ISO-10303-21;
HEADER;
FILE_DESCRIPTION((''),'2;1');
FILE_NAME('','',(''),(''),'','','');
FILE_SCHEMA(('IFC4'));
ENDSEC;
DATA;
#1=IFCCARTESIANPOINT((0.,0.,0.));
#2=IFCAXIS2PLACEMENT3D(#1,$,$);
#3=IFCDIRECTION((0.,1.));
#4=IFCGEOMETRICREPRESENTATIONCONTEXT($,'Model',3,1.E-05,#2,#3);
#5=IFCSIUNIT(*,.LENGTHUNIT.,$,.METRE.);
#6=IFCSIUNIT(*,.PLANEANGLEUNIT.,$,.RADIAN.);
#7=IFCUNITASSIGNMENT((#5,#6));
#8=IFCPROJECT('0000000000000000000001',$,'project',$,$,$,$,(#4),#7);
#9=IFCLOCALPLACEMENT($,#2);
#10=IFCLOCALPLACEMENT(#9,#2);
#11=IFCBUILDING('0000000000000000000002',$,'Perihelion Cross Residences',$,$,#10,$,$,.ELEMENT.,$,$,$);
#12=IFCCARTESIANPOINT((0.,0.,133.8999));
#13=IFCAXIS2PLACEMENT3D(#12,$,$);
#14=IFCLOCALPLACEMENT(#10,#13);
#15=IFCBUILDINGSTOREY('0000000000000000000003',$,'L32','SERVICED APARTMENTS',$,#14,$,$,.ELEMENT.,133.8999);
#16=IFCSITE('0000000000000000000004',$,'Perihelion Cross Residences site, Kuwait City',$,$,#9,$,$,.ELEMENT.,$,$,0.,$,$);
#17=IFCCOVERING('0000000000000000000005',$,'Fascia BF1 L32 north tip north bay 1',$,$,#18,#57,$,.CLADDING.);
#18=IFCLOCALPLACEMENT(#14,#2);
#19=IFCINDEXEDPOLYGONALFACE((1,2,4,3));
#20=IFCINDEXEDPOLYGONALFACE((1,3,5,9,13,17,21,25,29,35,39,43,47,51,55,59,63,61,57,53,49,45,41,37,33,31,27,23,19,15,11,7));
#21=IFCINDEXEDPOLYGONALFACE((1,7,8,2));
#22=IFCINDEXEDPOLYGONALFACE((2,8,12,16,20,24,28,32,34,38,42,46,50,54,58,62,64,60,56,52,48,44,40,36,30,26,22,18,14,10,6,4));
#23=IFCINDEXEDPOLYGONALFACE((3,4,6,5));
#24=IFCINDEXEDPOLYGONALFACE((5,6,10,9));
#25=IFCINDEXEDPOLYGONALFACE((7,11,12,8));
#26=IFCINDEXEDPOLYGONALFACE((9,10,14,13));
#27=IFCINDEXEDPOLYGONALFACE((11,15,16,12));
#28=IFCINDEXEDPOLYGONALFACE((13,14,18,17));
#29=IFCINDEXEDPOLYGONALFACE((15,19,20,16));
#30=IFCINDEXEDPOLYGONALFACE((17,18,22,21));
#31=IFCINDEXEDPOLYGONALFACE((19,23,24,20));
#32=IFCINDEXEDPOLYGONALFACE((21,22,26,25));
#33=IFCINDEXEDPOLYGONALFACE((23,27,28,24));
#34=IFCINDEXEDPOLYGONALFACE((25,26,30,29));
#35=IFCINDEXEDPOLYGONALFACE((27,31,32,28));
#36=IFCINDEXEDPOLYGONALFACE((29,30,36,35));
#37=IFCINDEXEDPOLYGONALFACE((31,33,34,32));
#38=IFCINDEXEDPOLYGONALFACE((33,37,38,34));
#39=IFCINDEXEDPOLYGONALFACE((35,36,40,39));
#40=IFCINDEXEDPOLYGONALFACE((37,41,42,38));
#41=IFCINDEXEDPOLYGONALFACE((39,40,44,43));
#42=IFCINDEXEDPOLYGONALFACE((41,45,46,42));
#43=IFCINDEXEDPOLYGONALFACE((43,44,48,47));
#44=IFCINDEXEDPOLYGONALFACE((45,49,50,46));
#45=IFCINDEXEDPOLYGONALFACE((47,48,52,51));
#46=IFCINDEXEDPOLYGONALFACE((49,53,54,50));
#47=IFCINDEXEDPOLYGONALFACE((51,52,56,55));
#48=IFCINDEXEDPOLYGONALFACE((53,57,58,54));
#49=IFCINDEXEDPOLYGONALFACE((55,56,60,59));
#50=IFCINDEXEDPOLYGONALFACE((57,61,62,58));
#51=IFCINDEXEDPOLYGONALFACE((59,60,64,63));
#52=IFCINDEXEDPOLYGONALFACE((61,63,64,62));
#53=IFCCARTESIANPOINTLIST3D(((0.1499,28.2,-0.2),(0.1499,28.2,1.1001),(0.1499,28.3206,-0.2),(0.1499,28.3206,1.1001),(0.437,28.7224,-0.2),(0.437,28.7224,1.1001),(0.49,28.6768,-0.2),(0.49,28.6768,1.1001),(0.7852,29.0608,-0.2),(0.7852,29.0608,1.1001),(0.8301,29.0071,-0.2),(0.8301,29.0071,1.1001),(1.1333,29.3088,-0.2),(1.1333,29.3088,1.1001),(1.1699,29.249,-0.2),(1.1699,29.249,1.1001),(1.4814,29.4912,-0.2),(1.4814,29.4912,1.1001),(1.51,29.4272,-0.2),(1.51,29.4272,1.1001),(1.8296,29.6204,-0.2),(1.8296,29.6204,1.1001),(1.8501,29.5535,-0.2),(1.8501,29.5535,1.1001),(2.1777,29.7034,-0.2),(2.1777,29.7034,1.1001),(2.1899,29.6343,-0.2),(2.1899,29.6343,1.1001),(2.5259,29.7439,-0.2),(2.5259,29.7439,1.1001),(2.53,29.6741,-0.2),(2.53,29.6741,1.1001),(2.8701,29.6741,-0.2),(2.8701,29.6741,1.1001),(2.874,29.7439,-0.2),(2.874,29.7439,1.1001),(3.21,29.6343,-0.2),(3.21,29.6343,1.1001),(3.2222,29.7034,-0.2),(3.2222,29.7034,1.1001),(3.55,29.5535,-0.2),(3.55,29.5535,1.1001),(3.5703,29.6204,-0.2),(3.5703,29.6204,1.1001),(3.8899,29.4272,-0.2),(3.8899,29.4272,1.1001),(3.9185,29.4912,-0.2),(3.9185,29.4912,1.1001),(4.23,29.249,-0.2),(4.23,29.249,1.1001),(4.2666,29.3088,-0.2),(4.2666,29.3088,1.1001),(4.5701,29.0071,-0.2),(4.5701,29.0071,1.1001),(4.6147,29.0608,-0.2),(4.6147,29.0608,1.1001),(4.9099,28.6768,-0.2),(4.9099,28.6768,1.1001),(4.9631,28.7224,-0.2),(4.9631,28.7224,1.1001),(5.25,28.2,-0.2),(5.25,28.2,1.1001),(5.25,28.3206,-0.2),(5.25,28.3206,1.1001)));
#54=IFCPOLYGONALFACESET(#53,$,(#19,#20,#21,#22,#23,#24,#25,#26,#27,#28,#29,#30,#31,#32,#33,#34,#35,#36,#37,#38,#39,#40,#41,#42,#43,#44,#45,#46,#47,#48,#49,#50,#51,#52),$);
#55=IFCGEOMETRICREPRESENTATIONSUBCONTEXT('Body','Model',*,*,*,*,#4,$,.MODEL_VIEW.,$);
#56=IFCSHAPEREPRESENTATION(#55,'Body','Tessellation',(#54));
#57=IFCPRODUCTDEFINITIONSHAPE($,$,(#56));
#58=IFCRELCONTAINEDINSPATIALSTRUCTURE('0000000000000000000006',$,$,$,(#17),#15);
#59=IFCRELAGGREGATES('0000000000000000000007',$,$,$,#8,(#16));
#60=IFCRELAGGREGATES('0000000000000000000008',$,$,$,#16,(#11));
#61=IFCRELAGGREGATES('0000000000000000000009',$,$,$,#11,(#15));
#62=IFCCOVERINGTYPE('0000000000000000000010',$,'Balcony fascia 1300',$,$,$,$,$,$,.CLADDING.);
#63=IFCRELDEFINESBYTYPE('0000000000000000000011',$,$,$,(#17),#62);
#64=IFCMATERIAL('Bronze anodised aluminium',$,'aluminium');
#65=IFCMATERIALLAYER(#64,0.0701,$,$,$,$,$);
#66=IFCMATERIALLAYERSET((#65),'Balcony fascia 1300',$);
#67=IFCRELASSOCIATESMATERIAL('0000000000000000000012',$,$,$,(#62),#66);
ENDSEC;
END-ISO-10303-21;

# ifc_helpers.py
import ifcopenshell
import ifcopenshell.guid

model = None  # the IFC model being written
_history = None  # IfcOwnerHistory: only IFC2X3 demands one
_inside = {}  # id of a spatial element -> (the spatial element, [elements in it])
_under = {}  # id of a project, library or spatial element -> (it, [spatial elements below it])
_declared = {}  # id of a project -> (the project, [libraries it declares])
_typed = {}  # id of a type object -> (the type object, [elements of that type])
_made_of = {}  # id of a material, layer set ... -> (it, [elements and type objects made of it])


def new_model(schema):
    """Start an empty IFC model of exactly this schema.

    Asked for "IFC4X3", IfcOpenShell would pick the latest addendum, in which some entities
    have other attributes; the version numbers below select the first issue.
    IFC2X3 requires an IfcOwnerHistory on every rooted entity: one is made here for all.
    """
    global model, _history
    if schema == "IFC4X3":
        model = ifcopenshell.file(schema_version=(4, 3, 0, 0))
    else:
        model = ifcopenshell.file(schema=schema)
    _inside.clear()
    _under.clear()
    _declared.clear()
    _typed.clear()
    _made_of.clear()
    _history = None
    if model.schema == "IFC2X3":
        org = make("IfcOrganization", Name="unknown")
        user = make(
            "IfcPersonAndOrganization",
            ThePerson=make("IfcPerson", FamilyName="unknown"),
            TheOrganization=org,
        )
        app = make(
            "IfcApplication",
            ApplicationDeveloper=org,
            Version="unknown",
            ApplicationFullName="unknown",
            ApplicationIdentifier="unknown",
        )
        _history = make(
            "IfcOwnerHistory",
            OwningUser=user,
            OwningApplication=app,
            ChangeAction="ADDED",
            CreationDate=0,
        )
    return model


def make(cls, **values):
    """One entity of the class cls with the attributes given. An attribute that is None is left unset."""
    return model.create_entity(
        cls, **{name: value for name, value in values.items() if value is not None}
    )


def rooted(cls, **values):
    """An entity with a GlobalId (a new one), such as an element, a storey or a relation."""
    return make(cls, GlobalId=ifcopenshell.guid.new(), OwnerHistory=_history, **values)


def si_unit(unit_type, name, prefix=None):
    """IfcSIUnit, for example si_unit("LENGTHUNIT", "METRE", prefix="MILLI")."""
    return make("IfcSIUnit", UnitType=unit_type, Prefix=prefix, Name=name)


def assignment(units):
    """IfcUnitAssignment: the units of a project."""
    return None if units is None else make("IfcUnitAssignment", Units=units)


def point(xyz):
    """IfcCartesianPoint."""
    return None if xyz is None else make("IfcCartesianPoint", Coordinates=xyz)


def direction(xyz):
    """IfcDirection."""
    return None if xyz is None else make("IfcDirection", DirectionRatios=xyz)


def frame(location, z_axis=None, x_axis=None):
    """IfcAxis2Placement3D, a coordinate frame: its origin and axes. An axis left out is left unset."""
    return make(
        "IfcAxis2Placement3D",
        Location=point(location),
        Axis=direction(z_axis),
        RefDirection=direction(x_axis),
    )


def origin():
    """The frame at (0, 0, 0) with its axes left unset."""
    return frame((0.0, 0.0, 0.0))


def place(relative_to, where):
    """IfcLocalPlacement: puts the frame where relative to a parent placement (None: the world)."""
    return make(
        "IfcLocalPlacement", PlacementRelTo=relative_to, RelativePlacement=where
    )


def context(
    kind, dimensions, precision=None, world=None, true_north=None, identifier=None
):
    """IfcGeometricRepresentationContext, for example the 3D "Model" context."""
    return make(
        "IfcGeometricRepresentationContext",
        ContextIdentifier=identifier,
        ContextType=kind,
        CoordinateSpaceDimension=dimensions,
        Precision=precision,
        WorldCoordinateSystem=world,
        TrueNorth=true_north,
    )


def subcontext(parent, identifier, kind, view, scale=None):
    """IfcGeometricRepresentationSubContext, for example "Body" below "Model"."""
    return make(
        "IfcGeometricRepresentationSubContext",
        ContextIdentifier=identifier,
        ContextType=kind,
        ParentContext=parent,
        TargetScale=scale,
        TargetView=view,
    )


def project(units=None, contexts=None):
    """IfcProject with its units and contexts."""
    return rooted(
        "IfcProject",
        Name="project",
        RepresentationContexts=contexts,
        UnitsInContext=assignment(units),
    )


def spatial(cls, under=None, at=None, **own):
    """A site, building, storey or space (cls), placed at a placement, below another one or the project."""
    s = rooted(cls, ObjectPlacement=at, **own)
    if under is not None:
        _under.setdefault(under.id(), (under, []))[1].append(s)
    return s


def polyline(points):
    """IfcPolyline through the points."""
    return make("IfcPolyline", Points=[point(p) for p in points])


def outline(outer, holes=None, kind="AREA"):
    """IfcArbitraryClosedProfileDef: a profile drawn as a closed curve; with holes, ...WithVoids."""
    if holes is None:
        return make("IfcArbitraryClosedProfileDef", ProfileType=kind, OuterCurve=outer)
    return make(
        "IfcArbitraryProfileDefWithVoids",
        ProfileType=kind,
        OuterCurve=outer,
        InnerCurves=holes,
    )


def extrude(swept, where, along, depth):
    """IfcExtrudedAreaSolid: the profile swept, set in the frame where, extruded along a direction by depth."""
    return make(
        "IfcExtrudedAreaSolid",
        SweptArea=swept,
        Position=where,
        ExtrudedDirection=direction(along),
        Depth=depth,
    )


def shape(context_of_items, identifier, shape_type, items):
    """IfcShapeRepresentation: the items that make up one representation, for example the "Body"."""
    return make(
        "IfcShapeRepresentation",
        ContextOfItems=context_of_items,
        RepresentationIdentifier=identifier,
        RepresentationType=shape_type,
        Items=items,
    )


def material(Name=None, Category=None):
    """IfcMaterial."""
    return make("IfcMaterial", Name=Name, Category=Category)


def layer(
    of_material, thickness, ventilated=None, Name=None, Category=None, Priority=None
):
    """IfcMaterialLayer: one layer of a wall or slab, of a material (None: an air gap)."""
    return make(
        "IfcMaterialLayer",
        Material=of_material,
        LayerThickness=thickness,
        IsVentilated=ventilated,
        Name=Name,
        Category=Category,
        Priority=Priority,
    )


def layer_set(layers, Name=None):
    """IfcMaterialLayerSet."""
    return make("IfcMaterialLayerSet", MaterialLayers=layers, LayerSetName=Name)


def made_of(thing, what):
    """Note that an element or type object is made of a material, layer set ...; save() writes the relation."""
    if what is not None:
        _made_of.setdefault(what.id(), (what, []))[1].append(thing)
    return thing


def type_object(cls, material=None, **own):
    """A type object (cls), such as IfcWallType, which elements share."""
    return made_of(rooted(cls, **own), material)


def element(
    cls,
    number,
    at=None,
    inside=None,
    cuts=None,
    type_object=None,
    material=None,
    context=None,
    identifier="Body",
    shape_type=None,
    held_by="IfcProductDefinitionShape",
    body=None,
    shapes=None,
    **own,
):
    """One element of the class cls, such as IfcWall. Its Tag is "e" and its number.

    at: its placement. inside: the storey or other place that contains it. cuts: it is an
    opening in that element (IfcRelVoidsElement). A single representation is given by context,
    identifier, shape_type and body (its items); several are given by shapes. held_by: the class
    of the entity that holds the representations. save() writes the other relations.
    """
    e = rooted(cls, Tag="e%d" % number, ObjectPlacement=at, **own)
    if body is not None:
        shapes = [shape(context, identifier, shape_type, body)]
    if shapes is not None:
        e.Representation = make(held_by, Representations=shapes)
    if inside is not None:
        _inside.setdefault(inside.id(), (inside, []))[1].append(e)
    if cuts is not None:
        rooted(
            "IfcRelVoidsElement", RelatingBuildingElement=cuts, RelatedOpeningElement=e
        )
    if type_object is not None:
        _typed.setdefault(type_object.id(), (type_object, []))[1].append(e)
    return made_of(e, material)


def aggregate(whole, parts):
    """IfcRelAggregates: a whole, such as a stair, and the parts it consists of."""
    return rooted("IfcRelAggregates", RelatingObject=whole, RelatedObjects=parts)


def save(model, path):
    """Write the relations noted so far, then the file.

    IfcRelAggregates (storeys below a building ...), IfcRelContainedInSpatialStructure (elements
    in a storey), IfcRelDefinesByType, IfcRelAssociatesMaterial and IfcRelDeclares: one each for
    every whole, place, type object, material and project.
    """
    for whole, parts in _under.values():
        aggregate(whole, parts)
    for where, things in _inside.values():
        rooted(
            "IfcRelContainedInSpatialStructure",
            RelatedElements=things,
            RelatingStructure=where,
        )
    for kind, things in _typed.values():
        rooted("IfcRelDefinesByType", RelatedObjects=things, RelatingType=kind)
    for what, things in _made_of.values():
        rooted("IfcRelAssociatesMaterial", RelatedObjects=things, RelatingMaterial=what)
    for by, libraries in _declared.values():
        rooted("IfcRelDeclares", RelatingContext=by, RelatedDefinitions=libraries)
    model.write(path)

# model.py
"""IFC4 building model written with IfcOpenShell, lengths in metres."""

from ifc_helpers import new_model, si_unit, direction, frame, origin, place, context, subcontext, project, spatial, polyline, outline, extrude, material, layer, layer_set, type_object, element, save


model = new_model("IFC4")

# Units and contexts
model_context = context("Model", 3, precision=1e-05, world=origin(), true_north=direction((0.0, 1.0)))
body_context = subcontext(model_context, "Body", "Model", "MODEL_VIEW")
ifc_project = project(units=[si_unit("LENGTHUNIT", "METRE"), si_unit("PLANEANGLEUNIT", "RADIAN")], contexts=[model_context])

# Site, building, storey
site_placement = place(None, origin())
site = spatial("IfcSite", under=ifc_project, at=site_placement, Name="Perihelion Cross Residences site, Kuwait City", CompositionType="ELEMENT", RefElevation=0.0)
building_placement = place(site_placement, origin())
building = spatial("IfcBuilding", under=site, at=building_placement, Name="Perihelion Cross Residences", CompositionType="ELEMENT")
storey_placement = place(building_placement, frame((0.0, 0.0, 133.8999)))
storey = spatial("IfcBuildingStorey", under=building, at=storey_placement, Name="L32", Description="SERVICED APARTMENTS", CompositionType="ELEMENT", Elevation=133.8999)

# Covering
ifc_material_1 = material(Name="Bronze anodised aluminium", Category="aluminium")
ifc_layer_1 = layer(ifc_material_1, 0.0701)
ifc_layer_set_1 = layer_set([ifc_layer_1], Name="Balcony fascia 1300")
covering_type = type_object("IfcCoveringType", Name="Balcony fascia 1300", PredefinedType="CLADDING", material=ifc_layer_set_1)
covering_1_placement = place(storey_placement, frame((0.0, 0.0, -0.2)))
element("IfcCovering", 1, at=covering_1_placement, inside=storey, type_object=covering_type, Name="Fascia BF1 L32 north tip north bay 1", PredefinedType="CLADDING", context=body_context, shape_type="SweptSolid", body=[
    extrude(outline(polyline([(4.9631, 28.7224), (4.6147, 29.0608), (4.2666, 29.3088), (3.9185, 29.4912), (3.5703, 29.6204), (3.2222, 29.7034), (2.874, 29.7439), (2.5259, 29.7439), (2.1777, 29.7034), (1.8296, 29.6204), (1.4814, 29.4912), (1.1333, 29.3088), (0.7852, 29.0608), (0.437, 28.7224), (0.1499, 28.3206), (0.1499, 28.2), (0.49, 28.6768), (0.8301, 29.0071), (1.1699, 29.249), (1.51, 29.4272), (1.8501, 29.5535), (2.1899, 29.6343), (2.53, 29.6741), (2.8701, 29.6741), (3.21, 29.6343), (3.55, 29.5535), (3.8899, 29.4272), (4.23, 29.249), (4.5701, 29.0071), (4.9099, 28.6768), (5.25, 28.2), (5.25, 28.3206), (4.9631, 28.7224)])), origin(), (0.0, 0.0, 1.0), 1.3),
])

save(model, "model.ifc")
